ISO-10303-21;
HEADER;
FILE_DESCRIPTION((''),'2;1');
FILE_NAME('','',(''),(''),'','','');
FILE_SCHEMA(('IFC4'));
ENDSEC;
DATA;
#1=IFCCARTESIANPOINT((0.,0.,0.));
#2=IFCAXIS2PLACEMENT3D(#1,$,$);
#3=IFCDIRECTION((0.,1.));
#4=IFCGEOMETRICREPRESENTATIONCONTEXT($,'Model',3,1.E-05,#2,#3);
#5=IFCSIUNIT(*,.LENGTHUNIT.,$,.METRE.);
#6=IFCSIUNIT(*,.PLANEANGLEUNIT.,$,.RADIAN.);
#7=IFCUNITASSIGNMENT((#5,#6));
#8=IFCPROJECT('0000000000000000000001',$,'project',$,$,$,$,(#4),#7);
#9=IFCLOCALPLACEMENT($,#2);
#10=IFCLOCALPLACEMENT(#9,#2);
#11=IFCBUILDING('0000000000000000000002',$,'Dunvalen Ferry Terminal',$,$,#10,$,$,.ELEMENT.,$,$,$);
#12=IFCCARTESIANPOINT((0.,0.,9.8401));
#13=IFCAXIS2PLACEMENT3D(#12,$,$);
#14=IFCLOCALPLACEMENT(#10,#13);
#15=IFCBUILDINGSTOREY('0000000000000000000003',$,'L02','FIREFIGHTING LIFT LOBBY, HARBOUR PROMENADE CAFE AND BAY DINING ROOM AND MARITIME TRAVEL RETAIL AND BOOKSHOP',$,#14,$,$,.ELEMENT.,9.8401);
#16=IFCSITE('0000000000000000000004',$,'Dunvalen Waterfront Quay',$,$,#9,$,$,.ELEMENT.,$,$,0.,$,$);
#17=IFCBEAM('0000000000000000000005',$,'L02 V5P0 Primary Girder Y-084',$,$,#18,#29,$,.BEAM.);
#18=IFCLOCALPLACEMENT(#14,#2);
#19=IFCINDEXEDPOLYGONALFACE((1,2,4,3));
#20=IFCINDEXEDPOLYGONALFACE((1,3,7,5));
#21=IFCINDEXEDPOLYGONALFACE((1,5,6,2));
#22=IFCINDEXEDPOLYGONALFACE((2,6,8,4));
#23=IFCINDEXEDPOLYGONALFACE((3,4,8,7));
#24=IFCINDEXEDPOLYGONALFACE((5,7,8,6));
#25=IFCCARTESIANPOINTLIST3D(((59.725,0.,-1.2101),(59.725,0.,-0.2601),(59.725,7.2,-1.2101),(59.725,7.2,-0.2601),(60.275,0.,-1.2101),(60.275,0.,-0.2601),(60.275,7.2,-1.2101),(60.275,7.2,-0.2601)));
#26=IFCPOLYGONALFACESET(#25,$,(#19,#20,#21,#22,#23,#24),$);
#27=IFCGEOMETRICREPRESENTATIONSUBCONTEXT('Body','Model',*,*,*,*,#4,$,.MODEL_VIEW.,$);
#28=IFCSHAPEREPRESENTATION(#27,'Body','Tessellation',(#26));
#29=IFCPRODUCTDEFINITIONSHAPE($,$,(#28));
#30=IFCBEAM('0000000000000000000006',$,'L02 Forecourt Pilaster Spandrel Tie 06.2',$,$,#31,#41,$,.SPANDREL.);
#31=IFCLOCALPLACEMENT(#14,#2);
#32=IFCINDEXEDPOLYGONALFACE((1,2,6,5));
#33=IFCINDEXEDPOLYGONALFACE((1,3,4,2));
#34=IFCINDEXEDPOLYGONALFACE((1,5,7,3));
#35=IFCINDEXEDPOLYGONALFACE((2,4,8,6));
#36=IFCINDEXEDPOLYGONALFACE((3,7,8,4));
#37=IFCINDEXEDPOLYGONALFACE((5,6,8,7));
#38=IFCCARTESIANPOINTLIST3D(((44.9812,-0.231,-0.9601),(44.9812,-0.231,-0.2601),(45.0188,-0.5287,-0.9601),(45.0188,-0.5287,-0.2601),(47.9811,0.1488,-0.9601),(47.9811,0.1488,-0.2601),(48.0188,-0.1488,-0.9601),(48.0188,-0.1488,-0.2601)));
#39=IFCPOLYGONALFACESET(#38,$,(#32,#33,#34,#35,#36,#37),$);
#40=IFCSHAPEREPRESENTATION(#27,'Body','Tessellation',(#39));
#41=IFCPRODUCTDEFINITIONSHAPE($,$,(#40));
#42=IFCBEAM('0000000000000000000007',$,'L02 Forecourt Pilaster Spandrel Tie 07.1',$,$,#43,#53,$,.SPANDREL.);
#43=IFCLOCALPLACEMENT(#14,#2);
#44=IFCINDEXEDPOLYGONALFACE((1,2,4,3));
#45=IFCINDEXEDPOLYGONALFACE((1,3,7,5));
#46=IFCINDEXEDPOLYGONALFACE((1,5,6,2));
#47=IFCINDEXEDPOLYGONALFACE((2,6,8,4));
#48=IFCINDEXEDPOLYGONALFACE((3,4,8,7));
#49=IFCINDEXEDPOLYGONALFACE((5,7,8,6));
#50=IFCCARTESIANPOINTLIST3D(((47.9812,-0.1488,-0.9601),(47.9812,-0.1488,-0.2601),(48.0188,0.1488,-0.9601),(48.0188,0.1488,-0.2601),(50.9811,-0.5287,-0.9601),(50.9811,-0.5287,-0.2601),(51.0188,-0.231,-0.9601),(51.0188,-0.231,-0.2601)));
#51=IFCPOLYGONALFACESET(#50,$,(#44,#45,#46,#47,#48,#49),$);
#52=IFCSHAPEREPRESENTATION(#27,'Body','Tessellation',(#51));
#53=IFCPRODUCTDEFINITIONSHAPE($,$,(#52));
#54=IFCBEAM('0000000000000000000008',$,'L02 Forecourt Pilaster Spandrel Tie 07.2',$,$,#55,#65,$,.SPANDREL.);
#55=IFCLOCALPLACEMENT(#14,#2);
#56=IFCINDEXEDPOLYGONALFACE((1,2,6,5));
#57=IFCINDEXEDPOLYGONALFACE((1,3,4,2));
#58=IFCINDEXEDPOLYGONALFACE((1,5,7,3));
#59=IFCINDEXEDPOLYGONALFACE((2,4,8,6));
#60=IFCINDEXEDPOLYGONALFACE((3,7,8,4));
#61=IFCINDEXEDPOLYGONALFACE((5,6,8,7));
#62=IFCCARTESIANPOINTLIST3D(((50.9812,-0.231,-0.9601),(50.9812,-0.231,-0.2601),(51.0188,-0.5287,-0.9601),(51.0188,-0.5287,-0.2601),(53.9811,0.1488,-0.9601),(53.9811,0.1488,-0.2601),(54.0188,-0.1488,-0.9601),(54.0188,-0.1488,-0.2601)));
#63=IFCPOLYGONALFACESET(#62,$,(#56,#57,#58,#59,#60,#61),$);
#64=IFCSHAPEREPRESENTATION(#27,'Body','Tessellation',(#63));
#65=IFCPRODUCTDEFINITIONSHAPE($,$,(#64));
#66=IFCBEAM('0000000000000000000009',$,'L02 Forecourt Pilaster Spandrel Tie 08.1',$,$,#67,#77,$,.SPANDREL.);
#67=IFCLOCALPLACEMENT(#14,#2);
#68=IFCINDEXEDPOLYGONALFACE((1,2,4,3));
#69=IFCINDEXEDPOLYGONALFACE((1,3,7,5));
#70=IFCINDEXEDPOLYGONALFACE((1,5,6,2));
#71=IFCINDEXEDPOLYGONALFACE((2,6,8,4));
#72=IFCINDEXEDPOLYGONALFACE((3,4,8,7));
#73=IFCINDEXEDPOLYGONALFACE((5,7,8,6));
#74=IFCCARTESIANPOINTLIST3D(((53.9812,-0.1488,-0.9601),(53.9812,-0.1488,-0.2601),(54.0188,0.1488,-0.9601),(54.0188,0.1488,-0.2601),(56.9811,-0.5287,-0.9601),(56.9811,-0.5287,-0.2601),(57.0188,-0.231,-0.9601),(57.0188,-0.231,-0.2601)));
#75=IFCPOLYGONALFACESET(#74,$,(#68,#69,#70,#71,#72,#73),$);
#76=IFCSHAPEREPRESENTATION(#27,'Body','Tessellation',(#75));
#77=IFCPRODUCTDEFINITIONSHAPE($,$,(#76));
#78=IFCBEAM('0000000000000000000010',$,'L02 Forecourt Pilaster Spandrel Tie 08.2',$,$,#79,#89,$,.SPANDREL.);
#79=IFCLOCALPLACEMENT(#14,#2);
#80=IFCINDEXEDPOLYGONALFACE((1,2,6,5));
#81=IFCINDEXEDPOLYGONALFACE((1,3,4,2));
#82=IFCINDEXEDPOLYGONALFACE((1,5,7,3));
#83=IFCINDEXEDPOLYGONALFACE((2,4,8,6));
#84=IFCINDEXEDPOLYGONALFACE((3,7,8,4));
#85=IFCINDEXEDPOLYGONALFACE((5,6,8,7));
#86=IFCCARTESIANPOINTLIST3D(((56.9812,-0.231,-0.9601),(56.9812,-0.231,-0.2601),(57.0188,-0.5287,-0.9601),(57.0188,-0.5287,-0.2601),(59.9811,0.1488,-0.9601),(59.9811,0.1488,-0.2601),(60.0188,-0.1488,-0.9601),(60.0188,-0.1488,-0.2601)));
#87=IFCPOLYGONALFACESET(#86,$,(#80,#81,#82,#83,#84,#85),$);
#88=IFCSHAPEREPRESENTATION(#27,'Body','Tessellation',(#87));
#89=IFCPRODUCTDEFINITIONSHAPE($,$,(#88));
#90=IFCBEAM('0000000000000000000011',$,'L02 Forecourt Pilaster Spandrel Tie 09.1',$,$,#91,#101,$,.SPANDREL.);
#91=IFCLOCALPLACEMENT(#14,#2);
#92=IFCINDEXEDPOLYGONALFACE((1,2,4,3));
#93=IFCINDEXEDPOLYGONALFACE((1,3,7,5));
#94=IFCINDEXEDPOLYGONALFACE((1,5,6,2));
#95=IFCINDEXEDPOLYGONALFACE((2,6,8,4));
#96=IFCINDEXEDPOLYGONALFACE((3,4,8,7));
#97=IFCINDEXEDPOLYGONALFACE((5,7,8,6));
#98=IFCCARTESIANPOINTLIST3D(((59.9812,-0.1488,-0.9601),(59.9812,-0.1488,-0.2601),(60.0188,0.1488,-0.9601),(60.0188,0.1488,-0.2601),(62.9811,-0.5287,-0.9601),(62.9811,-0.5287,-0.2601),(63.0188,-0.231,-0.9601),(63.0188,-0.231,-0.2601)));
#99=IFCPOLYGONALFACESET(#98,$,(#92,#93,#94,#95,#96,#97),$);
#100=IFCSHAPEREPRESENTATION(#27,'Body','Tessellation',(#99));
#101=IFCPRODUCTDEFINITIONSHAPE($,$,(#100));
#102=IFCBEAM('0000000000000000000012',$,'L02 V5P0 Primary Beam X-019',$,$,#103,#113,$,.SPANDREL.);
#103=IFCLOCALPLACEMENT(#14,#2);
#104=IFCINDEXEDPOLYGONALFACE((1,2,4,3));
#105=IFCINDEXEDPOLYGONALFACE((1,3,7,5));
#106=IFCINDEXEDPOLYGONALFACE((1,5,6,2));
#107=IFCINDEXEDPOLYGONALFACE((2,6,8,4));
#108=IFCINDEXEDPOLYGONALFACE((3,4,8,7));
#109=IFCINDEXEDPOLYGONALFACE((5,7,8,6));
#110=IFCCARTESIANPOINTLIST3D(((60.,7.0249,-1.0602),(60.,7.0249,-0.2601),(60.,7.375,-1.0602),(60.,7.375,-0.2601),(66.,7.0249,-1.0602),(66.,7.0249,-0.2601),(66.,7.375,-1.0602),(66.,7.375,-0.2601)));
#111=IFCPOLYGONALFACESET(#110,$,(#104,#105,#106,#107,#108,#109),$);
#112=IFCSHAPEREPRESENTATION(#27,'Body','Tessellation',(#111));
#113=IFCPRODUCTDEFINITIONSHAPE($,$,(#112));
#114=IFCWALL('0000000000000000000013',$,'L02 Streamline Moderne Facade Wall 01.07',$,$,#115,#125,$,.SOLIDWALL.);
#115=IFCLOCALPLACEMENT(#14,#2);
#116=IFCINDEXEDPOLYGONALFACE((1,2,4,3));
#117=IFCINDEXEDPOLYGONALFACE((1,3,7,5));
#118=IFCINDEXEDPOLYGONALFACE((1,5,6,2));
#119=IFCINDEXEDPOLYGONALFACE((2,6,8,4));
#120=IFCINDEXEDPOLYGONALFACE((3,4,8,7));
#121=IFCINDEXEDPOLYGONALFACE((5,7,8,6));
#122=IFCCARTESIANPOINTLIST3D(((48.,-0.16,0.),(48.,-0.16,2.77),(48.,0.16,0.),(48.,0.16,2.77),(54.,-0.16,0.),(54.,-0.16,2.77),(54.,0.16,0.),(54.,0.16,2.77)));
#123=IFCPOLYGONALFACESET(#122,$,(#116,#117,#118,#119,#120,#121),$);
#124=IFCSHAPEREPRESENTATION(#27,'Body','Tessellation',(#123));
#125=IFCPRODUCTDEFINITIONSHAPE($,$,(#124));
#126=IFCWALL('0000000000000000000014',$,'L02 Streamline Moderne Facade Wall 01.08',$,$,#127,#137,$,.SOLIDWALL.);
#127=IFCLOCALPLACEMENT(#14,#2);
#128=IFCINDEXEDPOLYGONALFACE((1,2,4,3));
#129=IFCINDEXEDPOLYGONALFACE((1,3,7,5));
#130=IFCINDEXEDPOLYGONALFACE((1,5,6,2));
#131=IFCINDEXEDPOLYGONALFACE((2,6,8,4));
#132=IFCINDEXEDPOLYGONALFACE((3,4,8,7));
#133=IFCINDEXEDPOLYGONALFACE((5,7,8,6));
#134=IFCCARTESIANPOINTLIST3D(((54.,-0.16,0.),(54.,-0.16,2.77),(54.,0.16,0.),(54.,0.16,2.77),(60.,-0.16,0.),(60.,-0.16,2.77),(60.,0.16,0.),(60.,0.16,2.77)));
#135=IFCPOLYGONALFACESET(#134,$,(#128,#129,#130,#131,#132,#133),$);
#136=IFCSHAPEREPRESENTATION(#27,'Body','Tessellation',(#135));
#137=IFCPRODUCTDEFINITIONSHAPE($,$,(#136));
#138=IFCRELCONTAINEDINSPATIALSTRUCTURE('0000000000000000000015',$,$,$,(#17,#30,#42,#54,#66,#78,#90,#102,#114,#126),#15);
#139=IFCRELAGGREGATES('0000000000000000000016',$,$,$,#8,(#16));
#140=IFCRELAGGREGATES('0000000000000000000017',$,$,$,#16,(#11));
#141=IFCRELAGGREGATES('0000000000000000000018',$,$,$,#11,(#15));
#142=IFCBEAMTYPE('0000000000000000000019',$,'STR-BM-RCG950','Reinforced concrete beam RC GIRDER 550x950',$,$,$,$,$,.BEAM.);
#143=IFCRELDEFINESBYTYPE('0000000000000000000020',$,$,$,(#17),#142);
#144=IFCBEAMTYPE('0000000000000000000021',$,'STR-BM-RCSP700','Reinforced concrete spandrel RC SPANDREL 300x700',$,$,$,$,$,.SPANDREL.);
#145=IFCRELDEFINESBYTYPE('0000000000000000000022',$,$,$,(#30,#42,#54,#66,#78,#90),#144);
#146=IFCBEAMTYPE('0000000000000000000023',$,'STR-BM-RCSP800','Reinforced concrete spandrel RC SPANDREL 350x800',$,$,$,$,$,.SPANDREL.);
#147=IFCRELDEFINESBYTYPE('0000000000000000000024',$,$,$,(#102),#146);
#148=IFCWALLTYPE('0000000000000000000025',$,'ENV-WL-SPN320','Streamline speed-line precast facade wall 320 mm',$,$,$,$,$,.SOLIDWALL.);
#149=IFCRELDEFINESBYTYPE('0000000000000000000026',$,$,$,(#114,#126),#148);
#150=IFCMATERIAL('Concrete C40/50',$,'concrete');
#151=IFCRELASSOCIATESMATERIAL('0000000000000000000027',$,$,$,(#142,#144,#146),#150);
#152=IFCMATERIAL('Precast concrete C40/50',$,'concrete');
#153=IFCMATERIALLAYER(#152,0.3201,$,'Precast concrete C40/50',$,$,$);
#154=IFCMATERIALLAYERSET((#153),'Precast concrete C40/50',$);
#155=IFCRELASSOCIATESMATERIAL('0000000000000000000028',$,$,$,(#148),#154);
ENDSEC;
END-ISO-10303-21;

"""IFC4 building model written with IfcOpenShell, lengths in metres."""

from ifc_helpers import new_model, si_unit, direction, frame, frame_2d, origin, origin_2d, place, context, subcontext, project, spatial, rectangle, extrude, material, layer, layer_set, material_profile, profile_set, type_object, element, save


model = new_model("IFC4")

# Units and contexts
model_context = context("Model", 3, precision=1e-05, world=origin(), true_north=direction((0.0, 1.0)))
body_context = subcontext(model_context, "Body", "Model", "MODEL_VIEW")
ifc_project = project(units=[si_unit("LENGTHUNIT", "METRE"), si_unit("PLANEANGLEUNIT", "RADIAN")], contexts=[model_context])

# Site, building, storey
site_placement = place(None, origin())
site = spatial("IfcSite", under=ifc_project, at=site_placement, Name="Dunvalen Waterfront Quay", CompositionType="ELEMENT", RefElevation=0.0)
building_placement = place(site_placement, origin())
building = spatial("IfcBuilding", under=site, at=building_placement, Name="Dunvalen Ferry Terminal", CompositionType="ELEMENT")
storey_placement = place(building_placement, frame((0.0, 0.0, 9.8401)))
storey = spatial("IfcBuildingStorey", under=building, at=storey_placement, Name="L02", Description="FIREFIGHTING LIFT LOBBY, HARBOUR PROMENADE CAFE AND BAY DINING ROOM AND MARITIME TRAVEL RETAIL AND BOOKSHOP", CompositionType="ELEMENT", Elevation=9.8401)

# Shared definitions
ifc_material_1 = material(Name="Concrete C40/50", Category="concrete")

# Beams
ifc_material_profile_1 = material_profile(ifc_material_1, rectangle(XDim=0.55, YDim=0.95, at=origin_2d()), Name="Concrete C40/50")
ifc_profile_set_1 = profile_set([ifc_material_profile_1], Name="Concrete C40/50")
beam_type_1 = type_object("IfcBeamType", Name="STR-BM-RCG950", Description="Reinforced concrete beam RC GIRDER 550x950", PredefinedType="BEAM", material=ifc_profile_set_1)
beam_1_placement = place(storey_placement, frame((60.0, 0.0, -0.7351), z_axis=(0.0, 1.0, 0.0), x_axis=(-1.0, 0.0, 0.0)))
element("IfcBeam", 1, at=beam_1_placement, inside=storey, type_object=beam_type_1, Name="L02 V5P0 Primary Girder Y-084", PredefinedType="BEAM", context=body_context, shape_type="SweptSolid", body=[
    extrude(rectangle(XDim=0.55, YDim=0.95, at=origin_2d()), origin(), (0.0, 0.0, 1.0), 7.2),
])
ifc_material_profile_2 = material_profile(ifc_material_1, rectangle(XDim=0.3, YDim=0.7, at=origin_2d()), Name="Concrete C40/50")
ifc_profile_set_2 = profile_set([ifc_material_profile_2], Name="Concrete C40/50")
beam_type_2 = type_object("IfcBeamType", Name="STR-BM-RCSP700", Description="Reinforced concrete spandrel RC SPANDREL 300x700", PredefinedType="SPANDREL", material=ifc_profile_set_2)
for number, where, z_axis, x_axis, name in (
    (2, (45.0, -0.3799, -0.6101), (0.992078, 0.125624, 0.0), (-0.125624, 0.992078, 0.0), "L02 Forecourt Pilaster Spandrel Tie 06.2"),
    (3, (48.0, 0.0, -0.6101), (0.992078, -0.125624, 0.0), (0.125624, 0.992078, 0.0), "L02 Forecourt Pilaster Spandrel Tie 07.1"),
    (4, (51.0, -0.3799, -0.6101), (0.992078, 0.125624, 0.0), (-0.125624, 0.992078, 0.0), "L02 Forecourt Pilaster Spandrel Tie 07.2"),
    (5, (54.0, 0.0, -0.6101), (0.992078, -0.125624, 0.0), (0.125624, 0.992078, 0.0), "L02 Forecourt Pilaster Spandrel Tie 08.1"),
    (6, (57.0, -0.3799, -0.6101), (0.992078, 0.125624, 0.0), (-0.125624, 0.992078, 0.0), "L02 Forecourt Pilaster Spandrel Tie 08.2"),
    (7, (60.0, 0.0, -0.6101), (0.992078, -0.125624, 0.0), (0.125624, 0.992078, 0.0), "L02 Forecourt Pilaster Spandrel Tie 09.1"),
):
    element("IfcBeam", number, at=place(storey_placement, frame(where, z_axis=z_axis, x_axis=x_axis)), inside=storey, type_object=beam_type_2, Name=name, PredefinedType="SPANDREL", context=body_context, shape_type="SweptSolid", body=[
        extrude(rectangle(XDim=0.3, YDim=0.7, at=origin_2d()), origin(), (0.0, 0.0, 1.0), 3.0239),
    ])
ifc_material_profile_3 = material_profile(ifc_material_1, rectangle(XDim=0.3501, YDim=0.8, at=origin_2d()), Name="Concrete C40/50")
ifc_profile_set_3 = profile_set([ifc_material_profile_3], Name="Concrete C40/50")
beam_type_3 = type_object("IfcBeamType", Name="STR-BM-RCSP800", Description="Reinforced concrete spandrel RC SPANDREL 350x800", PredefinedType="SPANDREL", material=ifc_profile_set_3)
beam_2_placement = place(storey_placement, frame((60.0, 7.2, -0.6602), z_axis=(1.0, 0.0, 0.0), x_axis=(0.0, 1.0, 0.0)))
element("IfcBeam", 8, at=beam_2_placement, inside=storey, type_object=beam_type_3, Name="L02 V5P0 Primary Beam X-019", PredefinedType="SPANDREL", context=body_context, shape_type="SweptSolid", body=[
    extrude(rectangle(XDim=0.3501, YDim=0.8, at=origin_2d()), origin(), (0.0, 0.0, 1.0), 6.0),
])

# Walls
ifc_material_2 = material(Name="Precast concrete C40/50", Category="concrete")
ifc_layer = layer(ifc_material_2, 0.3201, Name="Precast concrete C40/50")
ifc_layer_set = layer_set([ifc_layer], Name="Precast concrete C40/50")
wall_type = type_object("IfcWallType", Name="ENV-WL-SPN320", Description="Streamline speed-line precast facade wall 320 mm", PredefinedType="SOLIDWALL", material=ifc_layer_set)
for number, where, z_axis, x_axis, name in (
    (9, (48.0, 0.0, 0.0), (0.0, 0.0, 1.0), (1.0, 0.0, 0.0), "L02 Streamline Moderne Facade Wall 01.07"),
    (10, (54.0, 0.0, 0.0), (0.0, 0.0, 1.0), (1.0, 0.0, 0.0), "L02 Streamline Moderne Facade Wall 01.08"),
):
    element("IfcWall", number, at=place(storey_placement, frame(where, z_axis=z_axis, x_axis=x_axis)), inside=storey, type_object=wall_type, Name=name, PredefinedType="SOLIDWALL", context=body_context, shape_type="SweptSolid", body=[
        extrude(rectangle(XDim=6.0, YDim=0.3201, at=frame_2d((3.0, 0.0))), origin(), (0.0, 0.0, 1.0), 2.77),
    ])

save(model, "model.ifc")
